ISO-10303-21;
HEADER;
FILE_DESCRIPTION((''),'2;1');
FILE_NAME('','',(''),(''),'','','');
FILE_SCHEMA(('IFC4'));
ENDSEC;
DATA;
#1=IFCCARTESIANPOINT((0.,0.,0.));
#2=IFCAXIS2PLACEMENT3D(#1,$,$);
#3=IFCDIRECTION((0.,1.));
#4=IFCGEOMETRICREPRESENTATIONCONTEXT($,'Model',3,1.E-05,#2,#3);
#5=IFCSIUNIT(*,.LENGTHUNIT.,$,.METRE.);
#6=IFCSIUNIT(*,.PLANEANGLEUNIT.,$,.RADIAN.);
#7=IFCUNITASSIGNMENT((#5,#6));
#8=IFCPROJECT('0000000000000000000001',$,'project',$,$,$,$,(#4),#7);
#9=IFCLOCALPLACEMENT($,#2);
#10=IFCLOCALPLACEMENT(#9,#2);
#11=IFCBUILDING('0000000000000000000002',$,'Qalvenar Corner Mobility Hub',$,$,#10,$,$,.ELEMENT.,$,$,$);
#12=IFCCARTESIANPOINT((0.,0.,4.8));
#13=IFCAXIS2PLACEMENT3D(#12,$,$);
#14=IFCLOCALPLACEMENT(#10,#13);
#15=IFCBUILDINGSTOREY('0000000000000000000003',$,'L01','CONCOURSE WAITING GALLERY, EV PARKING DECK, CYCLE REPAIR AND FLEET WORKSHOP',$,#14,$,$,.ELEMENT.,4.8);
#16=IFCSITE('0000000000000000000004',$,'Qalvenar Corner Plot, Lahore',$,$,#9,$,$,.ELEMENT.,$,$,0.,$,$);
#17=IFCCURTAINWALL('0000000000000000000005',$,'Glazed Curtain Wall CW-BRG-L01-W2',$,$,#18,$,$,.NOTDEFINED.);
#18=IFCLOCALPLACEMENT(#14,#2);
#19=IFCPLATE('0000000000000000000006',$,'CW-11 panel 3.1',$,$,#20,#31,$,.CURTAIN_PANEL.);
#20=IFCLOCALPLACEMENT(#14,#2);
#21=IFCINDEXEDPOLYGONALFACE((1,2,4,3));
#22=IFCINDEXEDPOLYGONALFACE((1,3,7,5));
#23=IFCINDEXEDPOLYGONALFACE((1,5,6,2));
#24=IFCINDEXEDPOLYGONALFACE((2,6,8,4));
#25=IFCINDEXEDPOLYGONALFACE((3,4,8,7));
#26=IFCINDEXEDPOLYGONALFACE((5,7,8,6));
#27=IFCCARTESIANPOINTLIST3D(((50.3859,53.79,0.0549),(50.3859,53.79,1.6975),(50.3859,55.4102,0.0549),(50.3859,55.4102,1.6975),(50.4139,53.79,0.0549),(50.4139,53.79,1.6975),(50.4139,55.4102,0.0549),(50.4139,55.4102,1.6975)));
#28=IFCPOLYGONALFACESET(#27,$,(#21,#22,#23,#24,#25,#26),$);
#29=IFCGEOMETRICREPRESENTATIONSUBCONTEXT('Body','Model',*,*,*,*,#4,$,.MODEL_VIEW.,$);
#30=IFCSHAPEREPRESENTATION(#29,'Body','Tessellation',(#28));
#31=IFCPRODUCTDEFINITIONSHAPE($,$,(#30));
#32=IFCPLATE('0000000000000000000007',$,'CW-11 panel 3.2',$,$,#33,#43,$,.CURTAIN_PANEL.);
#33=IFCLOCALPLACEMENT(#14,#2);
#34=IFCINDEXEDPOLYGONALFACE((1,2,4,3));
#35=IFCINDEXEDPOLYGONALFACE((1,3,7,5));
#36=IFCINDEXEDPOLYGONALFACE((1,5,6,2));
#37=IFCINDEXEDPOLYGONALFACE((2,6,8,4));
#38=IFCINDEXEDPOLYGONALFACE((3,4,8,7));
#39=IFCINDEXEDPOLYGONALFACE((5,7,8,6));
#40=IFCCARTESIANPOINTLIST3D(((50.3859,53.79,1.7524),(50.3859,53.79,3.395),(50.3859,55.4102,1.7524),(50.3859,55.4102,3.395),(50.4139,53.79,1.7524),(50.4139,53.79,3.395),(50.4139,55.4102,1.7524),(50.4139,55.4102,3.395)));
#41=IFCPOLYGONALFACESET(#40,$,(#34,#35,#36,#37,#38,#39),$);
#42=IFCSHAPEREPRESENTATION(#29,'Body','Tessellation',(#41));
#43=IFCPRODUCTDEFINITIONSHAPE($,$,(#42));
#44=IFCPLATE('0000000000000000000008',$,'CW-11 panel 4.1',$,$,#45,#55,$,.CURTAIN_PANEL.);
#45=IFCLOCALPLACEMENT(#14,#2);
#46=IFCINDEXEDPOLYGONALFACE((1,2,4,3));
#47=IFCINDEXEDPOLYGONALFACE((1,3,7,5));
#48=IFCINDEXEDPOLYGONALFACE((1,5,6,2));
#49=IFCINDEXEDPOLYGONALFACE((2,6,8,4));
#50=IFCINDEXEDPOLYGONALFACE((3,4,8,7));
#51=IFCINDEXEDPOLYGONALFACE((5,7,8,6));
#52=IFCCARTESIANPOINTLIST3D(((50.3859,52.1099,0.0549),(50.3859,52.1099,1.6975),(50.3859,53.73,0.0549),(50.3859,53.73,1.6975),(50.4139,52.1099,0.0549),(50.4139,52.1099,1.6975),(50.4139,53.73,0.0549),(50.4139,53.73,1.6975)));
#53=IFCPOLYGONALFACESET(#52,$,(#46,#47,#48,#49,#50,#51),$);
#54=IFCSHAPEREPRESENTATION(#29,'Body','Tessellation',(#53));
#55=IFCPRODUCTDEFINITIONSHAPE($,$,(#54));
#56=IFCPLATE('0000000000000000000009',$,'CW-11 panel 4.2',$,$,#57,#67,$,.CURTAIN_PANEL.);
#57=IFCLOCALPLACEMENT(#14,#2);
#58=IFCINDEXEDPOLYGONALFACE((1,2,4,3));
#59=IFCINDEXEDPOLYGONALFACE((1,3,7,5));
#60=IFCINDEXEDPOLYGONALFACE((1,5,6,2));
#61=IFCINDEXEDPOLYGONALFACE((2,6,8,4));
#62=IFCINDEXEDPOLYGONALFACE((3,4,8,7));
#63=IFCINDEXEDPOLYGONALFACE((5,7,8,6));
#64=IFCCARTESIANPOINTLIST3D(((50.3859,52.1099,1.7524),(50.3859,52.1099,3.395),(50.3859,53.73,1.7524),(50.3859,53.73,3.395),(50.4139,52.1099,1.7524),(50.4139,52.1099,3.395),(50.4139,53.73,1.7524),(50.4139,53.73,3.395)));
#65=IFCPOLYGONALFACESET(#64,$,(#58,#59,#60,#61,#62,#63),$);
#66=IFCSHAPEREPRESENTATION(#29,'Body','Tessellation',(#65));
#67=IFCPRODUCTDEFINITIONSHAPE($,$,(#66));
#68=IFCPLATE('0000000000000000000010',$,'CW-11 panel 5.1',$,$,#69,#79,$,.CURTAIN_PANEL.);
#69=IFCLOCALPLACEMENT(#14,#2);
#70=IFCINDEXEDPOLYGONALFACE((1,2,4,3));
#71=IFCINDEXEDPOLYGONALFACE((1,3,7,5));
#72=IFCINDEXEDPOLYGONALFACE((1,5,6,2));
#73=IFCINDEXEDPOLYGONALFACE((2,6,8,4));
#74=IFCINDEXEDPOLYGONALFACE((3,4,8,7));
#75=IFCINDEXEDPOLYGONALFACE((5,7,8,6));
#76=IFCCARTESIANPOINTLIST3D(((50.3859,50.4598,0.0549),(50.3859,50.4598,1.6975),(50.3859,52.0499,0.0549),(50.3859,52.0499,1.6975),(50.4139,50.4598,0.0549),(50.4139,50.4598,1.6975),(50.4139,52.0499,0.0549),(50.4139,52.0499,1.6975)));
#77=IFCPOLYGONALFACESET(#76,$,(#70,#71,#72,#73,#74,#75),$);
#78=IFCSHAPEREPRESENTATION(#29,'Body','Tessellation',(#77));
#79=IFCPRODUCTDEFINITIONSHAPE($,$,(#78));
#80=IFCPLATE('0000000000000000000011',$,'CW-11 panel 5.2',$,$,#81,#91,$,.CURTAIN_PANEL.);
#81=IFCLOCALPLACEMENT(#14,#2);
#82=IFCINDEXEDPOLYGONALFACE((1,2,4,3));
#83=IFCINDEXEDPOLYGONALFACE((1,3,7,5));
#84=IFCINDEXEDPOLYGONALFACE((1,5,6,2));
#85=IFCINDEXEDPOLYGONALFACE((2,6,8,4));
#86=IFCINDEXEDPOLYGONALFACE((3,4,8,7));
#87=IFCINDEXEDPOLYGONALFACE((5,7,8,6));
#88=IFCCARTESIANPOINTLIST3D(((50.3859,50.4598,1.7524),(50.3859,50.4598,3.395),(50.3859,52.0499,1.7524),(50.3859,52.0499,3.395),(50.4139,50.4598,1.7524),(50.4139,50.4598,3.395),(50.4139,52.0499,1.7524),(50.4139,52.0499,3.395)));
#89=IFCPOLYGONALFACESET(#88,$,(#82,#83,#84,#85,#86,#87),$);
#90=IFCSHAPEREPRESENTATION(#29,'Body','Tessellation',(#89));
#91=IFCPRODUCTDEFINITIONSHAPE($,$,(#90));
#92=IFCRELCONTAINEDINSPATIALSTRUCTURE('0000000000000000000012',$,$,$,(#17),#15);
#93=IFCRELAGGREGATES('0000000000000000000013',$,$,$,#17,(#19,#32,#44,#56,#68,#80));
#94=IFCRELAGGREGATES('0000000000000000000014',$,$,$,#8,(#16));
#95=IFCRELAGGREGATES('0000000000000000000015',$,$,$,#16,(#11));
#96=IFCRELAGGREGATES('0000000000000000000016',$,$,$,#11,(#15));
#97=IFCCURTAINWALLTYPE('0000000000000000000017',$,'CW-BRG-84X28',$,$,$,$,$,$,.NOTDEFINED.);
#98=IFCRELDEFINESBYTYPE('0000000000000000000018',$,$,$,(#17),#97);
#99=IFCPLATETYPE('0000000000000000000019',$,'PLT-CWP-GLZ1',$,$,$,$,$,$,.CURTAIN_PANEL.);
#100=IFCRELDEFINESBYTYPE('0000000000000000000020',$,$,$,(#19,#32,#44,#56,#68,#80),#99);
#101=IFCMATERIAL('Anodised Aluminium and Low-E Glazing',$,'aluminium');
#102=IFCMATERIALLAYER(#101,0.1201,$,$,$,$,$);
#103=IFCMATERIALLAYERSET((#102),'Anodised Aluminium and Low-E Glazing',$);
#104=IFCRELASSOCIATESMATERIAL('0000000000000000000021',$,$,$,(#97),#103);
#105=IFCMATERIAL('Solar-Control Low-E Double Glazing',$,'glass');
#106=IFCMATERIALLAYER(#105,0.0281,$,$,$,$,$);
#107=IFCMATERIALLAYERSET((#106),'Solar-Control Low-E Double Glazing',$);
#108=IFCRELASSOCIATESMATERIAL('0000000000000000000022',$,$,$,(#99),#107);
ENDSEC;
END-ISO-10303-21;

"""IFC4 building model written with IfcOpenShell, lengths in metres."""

from ifc_helpers import new_model, si_unit, direction, frame, origin, origin_2d, place, context, subcontext, project, spatial, rectangle, extrude, material, layer, layer_set, type_object, element, aggregate, save


model = new_model("IFC4")

# Units and contexts
model_context = context("Model", 3, precision=1e-05, world=origin(), true_north=direction((0.0, 1.0)))
body_context = subcontext(model_context, "Body", "Model", "MODEL_VIEW")
ifc_project = project(units=[si_unit("LENGTHUNIT", "METRE"), si_unit("PLANEANGLEUNIT", "RADIAN")], contexts=[model_context])

# Site, building, storey
site_placement = place(None, origin())
site = spatial("IfcSite", under=ifc_project, at=site_placement, Name="Qalvenar Corner Plot, Lahore", CompositionType="ELEMENT", RefElevation=0.0)
building_placement = place(site_placement, origin())
building = spatial("IfcBuilding", under=site, at=building_placement, Name="Qalvenar Corner Mobility Hub", CompositionType="ELEMENT")
storey_placement = place(building_placement, frame((0.0, 0.0, 4.8)))
storey = spatial("IfcBuildingStorey", under=building, at=storey_placement, Name="L01", Description="CONCOURSE WAITING GALLERY, EV PARKING DECK, CYCLE REPAIR AND FLEET WORKSHOP", CompositionType="ELEMENT", Elevation=4.8)

# Curtain wall, plates
ifc_material_1 = material(Name="Anodised Aluminium and Low-E Glazing", Category="aluminium")
ifc_layer_1 = layer(ifc_material_1, 0.1201)
ifc_layer_set_1 = layer_set([ifc_layer_1], Name="Anodised Aluminium and Low-E Glazing")
curtain_wall_type = type_object("IfcCurtainWallType", Name="CW-BRG-84X28", PredefinedType="NOTDEFINED", material=ifc_layer_set_1)
curtain_wall_placement = place(storey_placement, origin())
curtain_wall = element("IfcCurtainWall", 1, at=curtain_wall_placement, inside=storey, type_object=curtain_wall_type, Name="Glazed Curtain Wall CW-BRG-L01-W2", PredefinedType="NOTDEFINED")
ifc_material_2 = material(Name="Solar-Control Low-E Double Glazing", Category="glass")
ifc_layer_2 = layer(ifc_material_2, 0.0281)
ifc_layer_set_2 = layer_set([ifc_layer_2], Name="Solar-Control Low-E Double Glazing")
plate_type = type_object("IfcPlateType", Name="PLT-CWP-GLZ1", PredefinedType="CURTAIN_PANEL", material=ifc_layer_set_2)
plate_1_placement = place(storey_placement, frame((50.3999, 54.6001, 0.0549), z_axis=(0.0, 0.0, 1.0), x_axis=(0.0, -1.0, 0.0)))
plate_1 = element("IfcPlate", 2, at=plate_1_placement, type_object=plate_type, Name="CW-11 panel 3.1", PredefinedType="CURTAIN_PANEL", context=body_context, shape_type="SweptSolid", body=[
    extrude(rectangle(XDim=1.6201, YDim=0.0281, at=origin_2d()), origin(), (0.0, 0.0, 1.0), 1.6426),
])
plate_2_placement = place(storey_placement, frame((50.3999, 54.6001, 1.7524), z_axis=(0.0, 0.0, 1.0), x_axis=(0.0, -1.0, 0.0)))
plate_2 = element("IfcPlate", 3, at=plate_2_placement, type_object=plate_type, Name="CW-11 panel 3.2", PredefinedType="CURTAIN_PANEL", context=body_context, shape_type="SweptSolid", body=[
    extrude(rectangle(XDim=1.6201, YDim=0.0281, at=origin_2d()), origin(), (0.0, 0.0, 1.0), 1.6426),
])
plate_3_placement = place(storey_placement, frame((50.3999, 52.9199, 0.0549), z_axis=(0.0, 0.0, 1.0), x_axis=(0.0, -1.0, 0.0)))
plate_3 = element("IfcPlate", 4, at=plate_3_placement, type_object=plate_type, Name="CW-11 panel 4.1", PredefinedType="CURTAIN_PANEL", context=body_context, shape_type="SweptSolid", body=[
    extrude(rectangle(XDim=1.6201, YDim=0.0281, at=origin_2d()), origin(), (0.0, 0.0, 1.0), 1.6426),
])
plate_4_placement = place(storey_placement, frame((50.3999, 52.9199, 1.7524), z_axis=(0.0, 0.0, 1.0), x_axis=(0.0, -1.0, 0.0)))
plate_4 = element("IfcPlate", 5, at=plate_4_placement, type_object=plate_type, Name="CW-11 panel 4.2", PredefinedType="CURTAIN_PANEL", context=body_context, shape_type="SweptSolid", body=[
    extrude(rectangle(XDim=1.6201, YDim=0.0281, at=origin_2d()), origin(), (0.0, 0.0, 1.0), 1.6426),
])
plate_5_placement = place(storey_placement, frame((50.3999, 51.2549, 0.0549), z_axis=(0.0, 0.0, 1.0), x_axis=(0.0, -1.0, 0.0)))
plate_5 = element("IfcPlate", 6, at=plate_5_placement, type_object=plate_type, Name="CW-11 panel 5.1", PredefinedType="CURTAIN_PANEL", context=body_context, shape_type="SweptSolid", body=[
    extrude(rectangle(XDim=1.5901, YDim=0.0281, at=origin_2d()), origin(), (0.0, 0.0, 1.0), 1.6426),
])
plate_6_placement = place(storey_placement, frame((50.3999, 51.2549, 1.7524), z_axis=(0.0, 0.0, 1.0), x_axis=(0.0, -1.0, 0.0)))
plate_6 = element("IfcPlate", 7, at=plate_6_placement, type_object=plate_type, Name="CW-11 panel 5.2", PredefinedType="CURTAIN_PANEL", context=body_context, shape_type="SweptSolid", body=[
    extrude(rectangle(XDim=1.5901, YDim=0.0281, at=origin_2d()), origin(), (0.0, 0.0, 1.0), 1.6426),
])
aggregate(curtain_wall, [plate_1, plate_2, plate_3, plate_4, plate_5, plate_6])

save(model, "model.ifc")
